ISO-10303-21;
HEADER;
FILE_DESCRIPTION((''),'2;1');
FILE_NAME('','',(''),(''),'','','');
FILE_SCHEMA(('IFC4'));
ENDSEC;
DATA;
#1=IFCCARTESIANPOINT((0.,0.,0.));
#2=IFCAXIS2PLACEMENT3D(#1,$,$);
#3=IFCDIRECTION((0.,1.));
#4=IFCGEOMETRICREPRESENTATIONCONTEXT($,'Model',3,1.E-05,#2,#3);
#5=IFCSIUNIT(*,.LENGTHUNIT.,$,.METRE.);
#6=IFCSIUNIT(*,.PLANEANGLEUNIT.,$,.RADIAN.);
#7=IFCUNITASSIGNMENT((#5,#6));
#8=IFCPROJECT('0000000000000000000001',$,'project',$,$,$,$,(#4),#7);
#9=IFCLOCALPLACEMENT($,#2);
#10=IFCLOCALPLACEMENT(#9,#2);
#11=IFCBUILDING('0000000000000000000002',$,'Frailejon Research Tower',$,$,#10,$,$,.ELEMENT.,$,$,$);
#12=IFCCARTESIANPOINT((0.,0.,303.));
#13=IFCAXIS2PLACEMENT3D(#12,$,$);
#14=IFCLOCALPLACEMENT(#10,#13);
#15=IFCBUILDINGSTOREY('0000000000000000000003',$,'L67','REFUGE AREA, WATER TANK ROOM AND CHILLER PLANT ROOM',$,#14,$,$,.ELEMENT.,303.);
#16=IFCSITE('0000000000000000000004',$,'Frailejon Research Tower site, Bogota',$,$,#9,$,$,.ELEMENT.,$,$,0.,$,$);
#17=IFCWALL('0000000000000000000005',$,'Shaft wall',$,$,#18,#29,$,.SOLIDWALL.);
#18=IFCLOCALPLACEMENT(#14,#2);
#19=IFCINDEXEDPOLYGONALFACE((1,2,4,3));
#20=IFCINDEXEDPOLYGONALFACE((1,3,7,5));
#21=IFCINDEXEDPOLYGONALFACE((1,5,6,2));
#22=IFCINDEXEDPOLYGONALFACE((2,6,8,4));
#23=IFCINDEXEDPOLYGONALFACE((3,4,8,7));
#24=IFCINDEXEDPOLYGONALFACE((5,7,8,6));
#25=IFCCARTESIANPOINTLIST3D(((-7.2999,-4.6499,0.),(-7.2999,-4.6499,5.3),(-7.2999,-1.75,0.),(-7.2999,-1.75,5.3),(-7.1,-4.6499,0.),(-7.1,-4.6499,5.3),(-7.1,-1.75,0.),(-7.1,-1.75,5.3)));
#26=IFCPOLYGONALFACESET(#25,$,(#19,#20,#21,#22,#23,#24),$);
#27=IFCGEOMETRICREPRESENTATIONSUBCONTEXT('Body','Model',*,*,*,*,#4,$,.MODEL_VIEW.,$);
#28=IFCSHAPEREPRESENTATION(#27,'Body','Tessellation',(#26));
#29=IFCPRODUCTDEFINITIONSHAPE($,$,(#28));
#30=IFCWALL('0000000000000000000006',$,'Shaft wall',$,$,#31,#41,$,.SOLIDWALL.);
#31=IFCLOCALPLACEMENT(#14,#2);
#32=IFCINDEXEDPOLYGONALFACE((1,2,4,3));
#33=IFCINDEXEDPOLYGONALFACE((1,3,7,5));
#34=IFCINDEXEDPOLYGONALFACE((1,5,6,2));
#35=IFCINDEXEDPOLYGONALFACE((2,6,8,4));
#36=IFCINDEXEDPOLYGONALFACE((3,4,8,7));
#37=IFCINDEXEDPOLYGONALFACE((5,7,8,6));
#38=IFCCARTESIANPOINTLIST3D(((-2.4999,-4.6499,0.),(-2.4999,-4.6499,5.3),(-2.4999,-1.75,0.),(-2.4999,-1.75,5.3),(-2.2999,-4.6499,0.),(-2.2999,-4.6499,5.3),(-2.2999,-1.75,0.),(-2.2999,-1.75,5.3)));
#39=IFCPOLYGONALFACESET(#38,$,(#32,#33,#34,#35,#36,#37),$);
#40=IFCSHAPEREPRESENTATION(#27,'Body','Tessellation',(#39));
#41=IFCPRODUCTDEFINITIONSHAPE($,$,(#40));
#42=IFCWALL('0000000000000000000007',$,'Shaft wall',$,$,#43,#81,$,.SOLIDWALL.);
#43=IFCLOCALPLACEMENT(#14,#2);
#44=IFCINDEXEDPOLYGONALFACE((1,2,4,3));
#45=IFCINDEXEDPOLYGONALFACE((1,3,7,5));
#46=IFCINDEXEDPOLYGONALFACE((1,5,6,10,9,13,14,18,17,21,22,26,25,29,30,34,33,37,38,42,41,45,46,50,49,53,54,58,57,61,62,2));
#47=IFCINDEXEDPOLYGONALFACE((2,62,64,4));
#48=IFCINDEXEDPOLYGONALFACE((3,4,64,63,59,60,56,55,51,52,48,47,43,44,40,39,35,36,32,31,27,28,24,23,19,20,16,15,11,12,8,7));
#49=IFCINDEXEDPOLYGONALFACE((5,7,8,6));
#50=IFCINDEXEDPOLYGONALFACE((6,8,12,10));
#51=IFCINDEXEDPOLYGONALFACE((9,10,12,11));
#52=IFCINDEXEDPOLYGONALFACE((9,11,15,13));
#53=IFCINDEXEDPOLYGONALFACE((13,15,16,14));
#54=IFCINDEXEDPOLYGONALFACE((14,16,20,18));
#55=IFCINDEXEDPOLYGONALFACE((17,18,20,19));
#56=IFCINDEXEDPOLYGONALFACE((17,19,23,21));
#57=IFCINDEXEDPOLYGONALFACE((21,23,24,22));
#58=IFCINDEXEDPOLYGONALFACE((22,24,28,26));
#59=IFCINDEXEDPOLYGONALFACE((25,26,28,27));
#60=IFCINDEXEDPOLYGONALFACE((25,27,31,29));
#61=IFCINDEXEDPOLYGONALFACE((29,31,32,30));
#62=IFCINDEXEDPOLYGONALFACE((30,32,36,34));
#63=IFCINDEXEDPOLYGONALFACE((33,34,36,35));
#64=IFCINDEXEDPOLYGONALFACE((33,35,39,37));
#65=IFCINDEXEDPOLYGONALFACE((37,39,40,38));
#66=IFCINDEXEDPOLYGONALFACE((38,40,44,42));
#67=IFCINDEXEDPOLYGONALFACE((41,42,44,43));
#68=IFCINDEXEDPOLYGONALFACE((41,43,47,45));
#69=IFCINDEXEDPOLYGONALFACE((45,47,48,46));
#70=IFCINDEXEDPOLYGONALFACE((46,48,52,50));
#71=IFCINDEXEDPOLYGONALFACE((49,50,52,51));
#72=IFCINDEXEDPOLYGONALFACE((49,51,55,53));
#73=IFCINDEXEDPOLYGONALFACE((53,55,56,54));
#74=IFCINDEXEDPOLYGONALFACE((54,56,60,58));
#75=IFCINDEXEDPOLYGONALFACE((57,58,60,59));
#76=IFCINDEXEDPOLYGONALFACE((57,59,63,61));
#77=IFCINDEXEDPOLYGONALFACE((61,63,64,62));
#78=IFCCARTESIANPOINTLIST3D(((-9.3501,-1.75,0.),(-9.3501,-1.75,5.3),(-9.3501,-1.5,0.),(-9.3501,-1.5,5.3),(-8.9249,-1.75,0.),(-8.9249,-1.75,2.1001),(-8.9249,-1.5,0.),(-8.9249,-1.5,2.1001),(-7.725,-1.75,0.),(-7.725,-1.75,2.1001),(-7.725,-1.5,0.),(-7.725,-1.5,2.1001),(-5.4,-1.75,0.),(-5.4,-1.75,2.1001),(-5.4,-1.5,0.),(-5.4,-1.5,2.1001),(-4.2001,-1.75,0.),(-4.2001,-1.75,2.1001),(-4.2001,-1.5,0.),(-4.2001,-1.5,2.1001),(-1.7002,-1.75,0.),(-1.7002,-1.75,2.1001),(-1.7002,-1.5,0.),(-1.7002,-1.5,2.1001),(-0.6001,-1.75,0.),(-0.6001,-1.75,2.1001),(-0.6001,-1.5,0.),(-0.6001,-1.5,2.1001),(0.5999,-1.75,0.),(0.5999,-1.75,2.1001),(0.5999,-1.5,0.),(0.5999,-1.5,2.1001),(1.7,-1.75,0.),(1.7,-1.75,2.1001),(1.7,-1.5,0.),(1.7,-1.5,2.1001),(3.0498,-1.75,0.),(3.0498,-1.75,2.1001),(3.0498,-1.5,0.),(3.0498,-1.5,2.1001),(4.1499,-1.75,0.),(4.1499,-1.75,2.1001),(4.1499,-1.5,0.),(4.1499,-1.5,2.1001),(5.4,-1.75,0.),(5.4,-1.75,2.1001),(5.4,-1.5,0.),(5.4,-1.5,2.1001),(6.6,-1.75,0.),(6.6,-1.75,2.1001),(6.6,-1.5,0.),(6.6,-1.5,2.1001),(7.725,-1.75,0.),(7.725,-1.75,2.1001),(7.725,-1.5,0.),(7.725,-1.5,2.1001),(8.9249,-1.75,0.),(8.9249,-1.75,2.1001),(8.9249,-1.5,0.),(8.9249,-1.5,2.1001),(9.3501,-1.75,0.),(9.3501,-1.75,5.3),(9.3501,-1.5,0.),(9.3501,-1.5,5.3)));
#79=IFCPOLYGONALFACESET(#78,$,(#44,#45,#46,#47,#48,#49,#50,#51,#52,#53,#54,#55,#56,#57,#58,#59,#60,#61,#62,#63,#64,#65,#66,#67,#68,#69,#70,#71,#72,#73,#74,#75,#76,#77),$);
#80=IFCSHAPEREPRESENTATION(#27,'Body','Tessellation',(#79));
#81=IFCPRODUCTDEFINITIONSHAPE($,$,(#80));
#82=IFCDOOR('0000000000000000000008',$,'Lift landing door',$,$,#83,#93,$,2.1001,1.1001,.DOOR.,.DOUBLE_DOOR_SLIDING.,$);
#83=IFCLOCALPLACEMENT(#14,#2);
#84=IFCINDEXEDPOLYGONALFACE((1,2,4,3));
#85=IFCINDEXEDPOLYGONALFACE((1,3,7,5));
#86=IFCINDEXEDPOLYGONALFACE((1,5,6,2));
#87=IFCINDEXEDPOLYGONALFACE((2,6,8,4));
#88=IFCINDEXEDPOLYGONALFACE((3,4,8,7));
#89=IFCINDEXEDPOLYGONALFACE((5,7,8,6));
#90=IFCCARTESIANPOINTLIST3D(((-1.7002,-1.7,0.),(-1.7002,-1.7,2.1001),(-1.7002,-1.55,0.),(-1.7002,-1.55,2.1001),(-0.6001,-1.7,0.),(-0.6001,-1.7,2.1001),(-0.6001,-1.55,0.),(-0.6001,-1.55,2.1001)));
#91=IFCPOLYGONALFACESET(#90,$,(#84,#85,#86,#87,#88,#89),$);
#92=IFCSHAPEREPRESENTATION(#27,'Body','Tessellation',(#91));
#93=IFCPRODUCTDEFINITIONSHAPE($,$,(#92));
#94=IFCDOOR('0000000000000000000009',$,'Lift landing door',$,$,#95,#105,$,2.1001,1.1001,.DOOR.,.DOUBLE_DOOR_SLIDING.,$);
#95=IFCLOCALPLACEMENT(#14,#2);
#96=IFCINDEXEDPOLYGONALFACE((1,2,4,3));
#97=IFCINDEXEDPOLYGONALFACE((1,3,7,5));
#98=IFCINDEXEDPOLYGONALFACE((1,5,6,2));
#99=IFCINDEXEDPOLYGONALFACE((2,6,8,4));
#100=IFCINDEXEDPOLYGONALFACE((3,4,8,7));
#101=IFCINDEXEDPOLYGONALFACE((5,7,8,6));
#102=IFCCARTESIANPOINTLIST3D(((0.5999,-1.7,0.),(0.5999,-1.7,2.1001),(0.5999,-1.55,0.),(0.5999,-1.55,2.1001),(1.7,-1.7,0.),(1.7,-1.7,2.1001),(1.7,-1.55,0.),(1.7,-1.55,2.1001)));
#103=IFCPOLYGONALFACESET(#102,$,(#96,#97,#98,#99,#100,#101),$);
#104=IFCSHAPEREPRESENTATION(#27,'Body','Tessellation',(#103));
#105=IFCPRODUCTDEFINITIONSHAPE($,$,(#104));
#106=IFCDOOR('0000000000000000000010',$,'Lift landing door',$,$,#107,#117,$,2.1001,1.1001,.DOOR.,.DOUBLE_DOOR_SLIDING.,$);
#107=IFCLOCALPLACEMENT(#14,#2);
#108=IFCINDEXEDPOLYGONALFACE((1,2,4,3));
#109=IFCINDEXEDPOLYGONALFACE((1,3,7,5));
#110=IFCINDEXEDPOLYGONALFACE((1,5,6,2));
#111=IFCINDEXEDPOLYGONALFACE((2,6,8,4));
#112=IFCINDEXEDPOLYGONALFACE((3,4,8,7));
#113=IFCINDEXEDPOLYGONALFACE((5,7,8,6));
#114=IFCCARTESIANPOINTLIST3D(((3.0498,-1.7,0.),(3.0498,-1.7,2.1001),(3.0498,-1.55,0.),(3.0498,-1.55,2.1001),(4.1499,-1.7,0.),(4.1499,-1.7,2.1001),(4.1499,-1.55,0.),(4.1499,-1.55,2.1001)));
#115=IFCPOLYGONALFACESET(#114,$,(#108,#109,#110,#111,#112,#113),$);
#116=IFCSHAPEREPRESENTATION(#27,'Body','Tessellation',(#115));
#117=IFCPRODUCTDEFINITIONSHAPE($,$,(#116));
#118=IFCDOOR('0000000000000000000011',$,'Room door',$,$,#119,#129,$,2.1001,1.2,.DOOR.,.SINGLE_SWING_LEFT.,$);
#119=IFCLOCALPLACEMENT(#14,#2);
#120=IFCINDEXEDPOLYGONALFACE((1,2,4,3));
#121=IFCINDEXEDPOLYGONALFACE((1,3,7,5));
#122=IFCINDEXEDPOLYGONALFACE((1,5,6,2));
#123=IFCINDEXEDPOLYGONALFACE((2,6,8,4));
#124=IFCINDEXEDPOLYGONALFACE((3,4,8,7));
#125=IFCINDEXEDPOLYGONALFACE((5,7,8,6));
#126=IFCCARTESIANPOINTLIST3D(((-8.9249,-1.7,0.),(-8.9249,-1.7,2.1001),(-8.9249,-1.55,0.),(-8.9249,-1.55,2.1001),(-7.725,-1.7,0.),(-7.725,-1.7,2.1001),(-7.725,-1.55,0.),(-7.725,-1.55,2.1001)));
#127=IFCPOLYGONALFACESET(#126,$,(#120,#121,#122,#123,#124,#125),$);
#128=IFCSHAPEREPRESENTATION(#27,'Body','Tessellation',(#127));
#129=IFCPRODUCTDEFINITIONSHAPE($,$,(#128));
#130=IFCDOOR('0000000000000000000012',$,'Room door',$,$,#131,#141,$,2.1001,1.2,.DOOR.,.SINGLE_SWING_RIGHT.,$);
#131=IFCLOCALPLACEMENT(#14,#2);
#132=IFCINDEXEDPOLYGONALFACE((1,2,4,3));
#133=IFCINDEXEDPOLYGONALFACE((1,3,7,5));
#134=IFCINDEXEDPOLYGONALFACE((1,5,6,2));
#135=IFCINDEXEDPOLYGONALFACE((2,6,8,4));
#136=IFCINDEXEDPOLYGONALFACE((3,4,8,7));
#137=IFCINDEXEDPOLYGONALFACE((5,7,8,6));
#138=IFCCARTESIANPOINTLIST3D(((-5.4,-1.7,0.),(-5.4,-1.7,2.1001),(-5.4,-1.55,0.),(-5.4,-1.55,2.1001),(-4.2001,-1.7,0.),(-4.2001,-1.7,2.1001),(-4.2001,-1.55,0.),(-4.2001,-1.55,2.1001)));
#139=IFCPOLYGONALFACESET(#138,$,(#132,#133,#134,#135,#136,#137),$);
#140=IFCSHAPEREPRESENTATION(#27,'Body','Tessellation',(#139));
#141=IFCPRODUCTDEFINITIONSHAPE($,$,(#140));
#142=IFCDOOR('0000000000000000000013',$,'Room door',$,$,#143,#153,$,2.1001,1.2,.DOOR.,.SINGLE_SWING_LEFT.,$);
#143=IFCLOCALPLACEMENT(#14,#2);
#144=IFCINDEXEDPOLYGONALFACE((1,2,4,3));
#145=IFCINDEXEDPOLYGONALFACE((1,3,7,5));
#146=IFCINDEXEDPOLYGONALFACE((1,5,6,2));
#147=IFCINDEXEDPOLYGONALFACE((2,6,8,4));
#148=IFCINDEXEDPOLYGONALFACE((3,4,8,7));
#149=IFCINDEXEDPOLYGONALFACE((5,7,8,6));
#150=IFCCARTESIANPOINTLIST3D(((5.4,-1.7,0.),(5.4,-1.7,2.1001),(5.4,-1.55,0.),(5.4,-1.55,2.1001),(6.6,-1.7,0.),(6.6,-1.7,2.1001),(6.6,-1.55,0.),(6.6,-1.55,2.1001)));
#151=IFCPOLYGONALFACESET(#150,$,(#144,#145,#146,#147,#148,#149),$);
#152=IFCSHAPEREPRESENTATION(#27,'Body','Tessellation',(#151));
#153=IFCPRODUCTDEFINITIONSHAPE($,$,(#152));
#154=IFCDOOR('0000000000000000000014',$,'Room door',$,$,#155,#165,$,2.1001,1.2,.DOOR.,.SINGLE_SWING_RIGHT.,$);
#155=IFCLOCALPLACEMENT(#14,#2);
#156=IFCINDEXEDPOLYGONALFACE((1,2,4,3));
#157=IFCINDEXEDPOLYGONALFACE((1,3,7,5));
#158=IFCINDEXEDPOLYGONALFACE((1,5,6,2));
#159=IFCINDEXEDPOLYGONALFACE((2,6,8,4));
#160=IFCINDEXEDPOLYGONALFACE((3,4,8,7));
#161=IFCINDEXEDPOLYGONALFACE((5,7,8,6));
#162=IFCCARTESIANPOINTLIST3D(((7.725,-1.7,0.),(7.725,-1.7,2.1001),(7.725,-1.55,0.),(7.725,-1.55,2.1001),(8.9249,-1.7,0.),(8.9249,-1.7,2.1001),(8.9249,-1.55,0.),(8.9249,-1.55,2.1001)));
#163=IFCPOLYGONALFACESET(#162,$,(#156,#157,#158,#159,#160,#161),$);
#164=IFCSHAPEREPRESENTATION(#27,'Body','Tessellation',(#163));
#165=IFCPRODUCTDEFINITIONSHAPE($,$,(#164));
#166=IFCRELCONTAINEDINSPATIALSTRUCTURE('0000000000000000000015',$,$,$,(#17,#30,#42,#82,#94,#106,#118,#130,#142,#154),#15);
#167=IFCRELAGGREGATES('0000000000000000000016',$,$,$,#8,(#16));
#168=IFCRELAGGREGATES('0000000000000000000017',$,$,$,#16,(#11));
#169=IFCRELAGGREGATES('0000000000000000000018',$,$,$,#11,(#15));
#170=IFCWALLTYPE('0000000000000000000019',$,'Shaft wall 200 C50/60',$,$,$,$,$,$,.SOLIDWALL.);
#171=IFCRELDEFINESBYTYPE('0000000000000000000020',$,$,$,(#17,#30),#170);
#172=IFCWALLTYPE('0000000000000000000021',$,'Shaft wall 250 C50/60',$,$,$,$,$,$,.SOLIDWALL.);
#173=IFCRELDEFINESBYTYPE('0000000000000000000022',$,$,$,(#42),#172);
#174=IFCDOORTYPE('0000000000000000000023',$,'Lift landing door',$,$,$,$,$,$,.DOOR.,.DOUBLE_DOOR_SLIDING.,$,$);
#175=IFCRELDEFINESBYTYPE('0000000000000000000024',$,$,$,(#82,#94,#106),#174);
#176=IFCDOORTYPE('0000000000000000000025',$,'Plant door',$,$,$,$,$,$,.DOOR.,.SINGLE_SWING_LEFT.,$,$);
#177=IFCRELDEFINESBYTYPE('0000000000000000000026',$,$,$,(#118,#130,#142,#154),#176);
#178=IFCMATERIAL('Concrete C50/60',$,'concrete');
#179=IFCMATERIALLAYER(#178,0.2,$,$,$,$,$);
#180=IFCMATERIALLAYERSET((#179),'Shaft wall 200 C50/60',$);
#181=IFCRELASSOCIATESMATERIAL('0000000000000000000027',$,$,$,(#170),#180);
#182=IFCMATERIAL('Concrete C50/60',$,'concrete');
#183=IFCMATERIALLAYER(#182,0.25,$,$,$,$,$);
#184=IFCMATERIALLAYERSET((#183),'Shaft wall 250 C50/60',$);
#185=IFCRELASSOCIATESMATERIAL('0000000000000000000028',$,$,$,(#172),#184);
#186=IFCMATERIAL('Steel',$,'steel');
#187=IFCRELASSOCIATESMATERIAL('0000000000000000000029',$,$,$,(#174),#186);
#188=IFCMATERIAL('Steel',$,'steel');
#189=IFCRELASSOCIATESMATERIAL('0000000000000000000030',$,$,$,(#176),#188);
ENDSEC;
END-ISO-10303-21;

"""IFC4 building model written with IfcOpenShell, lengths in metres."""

from ifc_helpers import new_model, si_unit, direction, frame, frame_2d, origin, place, context, subcontext, project, spatial, rectangle, extrude, material, layer, layer_set, type_object, element, fill, save


model = new_model("IFC4")

# Units and contexts
model_context = context("Model", 3, precision=1e-05, world=origin(), true_north=direction((0.0, 1.0)))
body_context = subcontext(model_context, "Body", "Model", "MODEL_VIEW")
ifc_project = project(units=[si_unit("LENGTHUNIT", "METRE"), si_unit("PLANEANGLEUNIT", "RADIAN")], contexts=[model_context])

# Site, building, storey
site_placement = place(None, origin())
site = spatial("IfcSite", under=ifc_project, at=site_placement, Name="Frailejon Research Tower site, Bogota", CompositionType="ELEMENT", RefElevation=0.0)
building_placement = place(site_placement, origin())
building = spatial("IfcBuilding", under=site, at=building_placement, Name="Frailejon Research Tower", CompositionType="ELEMENT")
storey_placement = place(building_placement, frame((0.0, 0.0, 303.0)))
storey = spatial("IfcBuildingStorey", under=building, at=storey_placement, Name="L67", Description="REFUGE AREA, WATER TANK ROOM AND CHILLER PLANT ROOM", CompositionType="ELEMENT", Elevation=303.0)

# Walls
ifc_material_1 = material(Name="Concrete C50/60", Category="concrete")
ifc_layer_1 = layer(ifc_material_1, 0.2)
ifc_layer_set_1 = layer_set([ifc_layer_1], Name="Shaft wall 200 C50/60")
wall_type_1 = type_object("IfcWallType", Name="Shaft wall 200 C50/60", PredefinedType="SOLIDWALL", material=ifc_layer_set_1)
for number, where, z_axis, x_axis, name in (
    (1, (-7.2, -4.6499, 0.0), (0.0, 0.0, 1.0), (0.0, 1.0, 0.0), "Shaft wall"),
    (2, (-2.3999, -4.6499, 0.0), (0.0, 0.0, 1.0), (0.0, 1.0, 0.0), "Shaft wall"),
):
    element("IfcWall", number, at=place(storey_placement, frame(where, z_axis=z_axis, x_axis=x_axis)), inside=storey, type_object=wall_type_1, Name=name, PredefinedType="SOLIDWALL", context=body_context, shape_type="SweptSolid", body=[
        extrude(rectangle(XDim=2.8999, YDim=0.2, at=frame_2d((1.45, 0.0))), origin(), (0.0, 0.0, 1.0), 5.3),
    ])

# Wall, openings, doors
ifc_material_2 = material(Name="Concrete C50/60", Category="concrete")
ifc_layer_2 = layer(ifc_material_2, 0.25)
ifc_layer_set_2 = layer_set([ifc_layer_2], Name="Shaft wall 250 C50/60")
wall_type_2 = type_object("IfcWallType", Name="Shaft wall 250 C50/60", PredefinedType="SOLIDWALL", material=ifc_layer_set_2)
wall_1_placement = place(storey_placement, frame((-9.3501, -1.625, 0.0), z_axis=(0.0, 0.0, 1.0), x_axis=(1.0, 0.0, 0.0)))
wall_1 = element("IfcWall", 3, at=wall_1_placement, inside=storey, type_object=wall_type_2, Name="Shaft wall", PredefinedType="SOLIDWALL", context=body_context, shape_type="SweptSolid", body=[
    extrude(rectangle(XDim=18.7002, YDim=0.25, at=frame_2d((9.3501, 0.0))), origin(), (0.0, 0.0, 1.0), 5.3),
])
opening_1_placement = place(wall_1_placement, frame((7.6499, 0.0, 0.0)))
opening_1 = element("IfcOpeningElement", 4, at=opening_1_placement, cuts=wall_1, PredefinedType="OPENING", context=body_context, shape_type="SweptSolid", body=[
    extrude(rectangle(XDim=1.1001, YDim=2.1001, at=frame_2d((0.55, 1.05))), frame((0.0, 0.135, 0.0), z_axis=(0.0, -1.0, 0.0), x_axis=(1.0, 0.0, 0.0)), (0.0, 0.0, 1.0), 0.27),
])
opening_2_placement = place(wall_1_placement, frame((9.95, 0.0, 0.0)))
opening_2 = element("IfcOpeningElement", 5, at=opening_2_placement, cuts=wall_1, PredefinedType="OPENING", context=body_context, shape_type="SweptSolid", body=[
    extrude(rectangle(XDim=1.1001, YDim=2.1001, at=frame_2d((0.55, 1.05))), frame((0.0, 0.135, 0.0), z_axis=(0.0, -1.0, 0.0), x_axis=(1.0, 0.0, 0.0)), (0.0, 0.0, 1.0), 0.27),
])
opening_3_placement = place(wall_1_placement, frame((12.3999, 0.0, 0.0)))
opening_3 = element("IfcOpeningElement", 6, at=opening_3_placement, cuts=wall_1, PredefinedType="OPENING", context=body_context, shape_type="SweptSolid", body=[
    extrude(rectangle(XDim=1.1001, YDim=2.1001, at=frame_2d((0.55, 1.05))), frame((0.0, 0.135, 0.0), z_axis=(0.0, -1.0, 0.0), x_axis=(1.0, 0.0, 0.0)), (0.0, 0.0, 1.0), 0.27),
])
opening_4_placement = place(wall_1_placement, frame((0.425, 0.0, 0.0)))
opening_4 = element("IfcOpeningElement", 7, at=opening_4_placement, cuts=wall_1, PredefinedType="OPENING", context=body_context, shape_type="SweptSolid", body=[
    extrude(rectangle(XDim=1.2, YDim=2.1001, at=frame_2d((0.6001, 1.05))), frame((0.0, 0.135, 0.0), z_axis=(0.0, -1.0, 0.0), x_axis=(1.0, 0.0, 0.0)), (0.0, 0.0, 1.0), 0.27),
])
opening_5_placement = place(wall_1_placement, frame((3.95, 0.0, 0.0)))
opening_5 = element("IfcOpeningElement", 8, at=opening_5_placement, cuts=wall_1, PredefinedType="OPENING", context=body_context, shape_type="SweptSolid", body=[
    extrude(rectangle(XDim=1.2, YDim=2.1001, at=frame_2d((0.6001, 1.05))), frame((0.0, 0.135, 0.0), z_axis=(0.0, -1.0, 0.0), x_axis=(1.0, 0.0, 0.0)), (0.0, 0.0, 1.0), 0.27),
])
opening_6_placement = place(wall_1_placement, frame((14.75, 0.0, 0.0)))
opening_6 = element("IfcOpeningElement", 9, at=opening_6_placement, cuts=wall_1, PredefinedType="OPENING", context=body_context, shape_type="SweptSolid", body=[
    extrude(rectangle(XDim=1.2, YDim=2.1001, at=frame_2d((0.6001, 1.05))), frame((0.0, 0.135, 0.0), z_axis=(0.0, -1.0, 0.0), x_axis=(1.0, 0.0, 0.0)), (0.0, 0.0, 1.0), 0.27),
])
opening_7_placement = place(wall_1_placement, frame((17.075, 0.0, 0.0)))
opening_7 = element("IfcOpeningElement", 10, at=opening_7_placement, cuts=wall_1, PredefinedType="OPENING", context=body_context, shape_type="SweptSolid", body=[
    extrude(rectangle(XDim=1.2, YDim=2.1001, at=frame_2d((0.6001, 1.05))), frame((0.0, 0.135, 0.0), z_axis=(0.0, -1.0, 0.0), x_axis=(1.0, 0.0, 0.0)), (0.0, 0.0, 1.0), 0.27),
])
ifc_material_3 = material(Name="Steel", Category="steel")
door_type_1 = type_object("IfcDoorType", Name="Lift landing door", OperationType="DOUBLE_DOOR_SLIDING", PredefinedType="DOOR", material=ifc_material_3)
door_1_placement = place(opening_1_placement, origin())
door_1 = element("IfcDoor", 11, at=door_1_placement, inside=storey, type_object=door_type_1, Name="Lift landing door", OperationType="DOUBLE_DOOR_SLIDING", OverallHeight=2.1001, OverallWidth=1.1001, PredefinedType="DOOR", context=body_context, shape_type="SweptSolid", body=[
    extrude(rectangle(XDim=1.1001, YDim=2.1001, at=frame_2d((0.55, 1.05))), frame((0.0, 0.075, 0.0), z_axis=(0.0, -1.0, 0.0), x_axis=(1.0, 0.0, 0.0)), (0.0, 0.0, 1.0), 0.1499),
])
fill(opening_1, door_1)
door_2_placement = place(opening_2_placement, origin())
door_2 = element("IfcDoor", 12, at=door_2_placement, inside=storey, type_object=door_type_1, Name="Lift landing door", OperationType="DOUBLE_DOOR_SLIDING", OverallHeight=2.1001, OverallWidth=1.1001, PredefinedType="DOOR", context=body_context, shape_type="SweptSolid", body=[
    extrude(rectangle(XDim=1.1001, YDim=2.1001, at=frame_2d((0.55, 1.05))), frame((0.0, 0.075, 0.0), z_axis=(0.0, -1.0, 0.0), x_axis=(1.0, 0.0, 0.0)), (0.0, 0.0, 1.0), 0.1499),
])
fill(opening_2, door_2)
door_3_placement = place(opening_3_placement, origin())
door_3 = element("IfcDoor", 13, at=door_3_placement, inside=storey, type_object=door_type_1, Name="Lift landing door", OperationType="DOUBLE_DOOR_SLIDING", OverallHeight=2.1001, OverallWidth=1.1001, PredefinedType="DOOR", context=body_context, shape_type="SweptSolid", body=[
    extrude(rectangle(XDim=1.1001, YDim=2.1001, at=frame_2d((0.55, 1.05))), frame((0.0, 0.075, 0.0), z_axis=(0.0, -1.0, 0.0), x_axis=(1.0, 0.0, 0.0)), (0.0, 0.0, 1.0), 0.1499),
])
fill(opening_3, door_3)
ifc_material_4 = material(Name="Steel", Category="steel")
door_type_2 = type_object("IfcDoorType", Name="Plant door", OperationType="SINGLE_SWING_LEFT", PredefinedType="DOOR", material=ifc_material_4)
door_4_placement = place(opening_4_placement, origin())
door_4 = element("IfcDoor", 14, at=door_4_placement, inside=storey, type_object=door_type_2, Name="Room door", OperationType="SINGLE_SWING_LEFT", OverallHeight=2.1001, OverallWidth=1.2, PredefinedType="DOOR", context=body_context, shape_type="SweptSolid", body=[
    extrude(rectangle(XDim=1.2, YDim=2.1001, at=frame_2d((0.6001, 1.05))), frame((0.0, 0.075, 0.0), z_axis=(0.0, -1.0, 0.0), x_axis=(1.0, 0.0, 0.0)), (0.0, 0.0, 1.0), 0.1499),
])
fill(opening_4, door_4)
door_5_placement = place(opening_5_placement, origin())
door_5 = element("IfcDoor", 15, at=door_5_placement, inside=storey, type_object=door_type_2, Name="Room door", OperationType="SINGLE_SWING_RIGHT", OverallHeight=2.1001, OverallWidth=1.2, PredefinedType="DOOR", context=body_context, shape_type="SweptSolid", body=[
    extrude(rectangle(XDim=1.2, YDim=2.1001, at=frame_2d((0.6001, 1.05))), frame((0.0, 0.075, 0.0), z_axis=(0.0, -1.0, 0.0), x_axis=(1.0, 0.0, 0.0)), (0.0, 0.0, 1.0), 0.1499),
])
fill(opening_5, door_5)
door_6_placement = place(opening_6_placement, origin())
door_6 = element("IfcDoor", 16, at=door_6_placement, inside=storey, type_object=door_type_2, Name="Room door", OperationType="SINGLE_SWING_LEFT", OverallHeight=2.1001, OverallWidth=1.2, PredefinedType="DOOR", context=body_context, shape_type="SweptSolid", body=[
    extrude(rectangle(XDim=1.2, YDim=2.1001, at=frame_2d((0.6001, 1.05))), frame((0.0, 0.075, 0.0), z_axis=(0.0, -1.0, 0.0), x_axis=(1.0, 0.0, 0.0)), (0.0, 0.0, 1.0), 0.1499),
])
fill(opening_6, door_6)
door_7_placement = place(opening_7_placement, origin())
door_7 = element("IfcDoor", 17, at=door_7_placement, inside=storey, type_object=door_type_2, Name="Room door", OperationType="SINGLE_SWING_RIGHT", OverallHeight=2.1001, OverallWidth=1.2, PredefinedType="DOOR", context=body_context, shape_type="SweptSolid", body=[
    extrude(rectangle(XDim=1.2, YDim=2.1001, at=frame_2d((0.6001, 1.05))), frame((0.0, 0.075, 0.0), z_axis=(0.0, -1.0, 0.0), x_axis=(1.0, 0.0, 0.0)), (0.0, 0.0, 1.0), 0.1499),
])
fill(opening_7, door_7)

save(model, "model.ifc")
